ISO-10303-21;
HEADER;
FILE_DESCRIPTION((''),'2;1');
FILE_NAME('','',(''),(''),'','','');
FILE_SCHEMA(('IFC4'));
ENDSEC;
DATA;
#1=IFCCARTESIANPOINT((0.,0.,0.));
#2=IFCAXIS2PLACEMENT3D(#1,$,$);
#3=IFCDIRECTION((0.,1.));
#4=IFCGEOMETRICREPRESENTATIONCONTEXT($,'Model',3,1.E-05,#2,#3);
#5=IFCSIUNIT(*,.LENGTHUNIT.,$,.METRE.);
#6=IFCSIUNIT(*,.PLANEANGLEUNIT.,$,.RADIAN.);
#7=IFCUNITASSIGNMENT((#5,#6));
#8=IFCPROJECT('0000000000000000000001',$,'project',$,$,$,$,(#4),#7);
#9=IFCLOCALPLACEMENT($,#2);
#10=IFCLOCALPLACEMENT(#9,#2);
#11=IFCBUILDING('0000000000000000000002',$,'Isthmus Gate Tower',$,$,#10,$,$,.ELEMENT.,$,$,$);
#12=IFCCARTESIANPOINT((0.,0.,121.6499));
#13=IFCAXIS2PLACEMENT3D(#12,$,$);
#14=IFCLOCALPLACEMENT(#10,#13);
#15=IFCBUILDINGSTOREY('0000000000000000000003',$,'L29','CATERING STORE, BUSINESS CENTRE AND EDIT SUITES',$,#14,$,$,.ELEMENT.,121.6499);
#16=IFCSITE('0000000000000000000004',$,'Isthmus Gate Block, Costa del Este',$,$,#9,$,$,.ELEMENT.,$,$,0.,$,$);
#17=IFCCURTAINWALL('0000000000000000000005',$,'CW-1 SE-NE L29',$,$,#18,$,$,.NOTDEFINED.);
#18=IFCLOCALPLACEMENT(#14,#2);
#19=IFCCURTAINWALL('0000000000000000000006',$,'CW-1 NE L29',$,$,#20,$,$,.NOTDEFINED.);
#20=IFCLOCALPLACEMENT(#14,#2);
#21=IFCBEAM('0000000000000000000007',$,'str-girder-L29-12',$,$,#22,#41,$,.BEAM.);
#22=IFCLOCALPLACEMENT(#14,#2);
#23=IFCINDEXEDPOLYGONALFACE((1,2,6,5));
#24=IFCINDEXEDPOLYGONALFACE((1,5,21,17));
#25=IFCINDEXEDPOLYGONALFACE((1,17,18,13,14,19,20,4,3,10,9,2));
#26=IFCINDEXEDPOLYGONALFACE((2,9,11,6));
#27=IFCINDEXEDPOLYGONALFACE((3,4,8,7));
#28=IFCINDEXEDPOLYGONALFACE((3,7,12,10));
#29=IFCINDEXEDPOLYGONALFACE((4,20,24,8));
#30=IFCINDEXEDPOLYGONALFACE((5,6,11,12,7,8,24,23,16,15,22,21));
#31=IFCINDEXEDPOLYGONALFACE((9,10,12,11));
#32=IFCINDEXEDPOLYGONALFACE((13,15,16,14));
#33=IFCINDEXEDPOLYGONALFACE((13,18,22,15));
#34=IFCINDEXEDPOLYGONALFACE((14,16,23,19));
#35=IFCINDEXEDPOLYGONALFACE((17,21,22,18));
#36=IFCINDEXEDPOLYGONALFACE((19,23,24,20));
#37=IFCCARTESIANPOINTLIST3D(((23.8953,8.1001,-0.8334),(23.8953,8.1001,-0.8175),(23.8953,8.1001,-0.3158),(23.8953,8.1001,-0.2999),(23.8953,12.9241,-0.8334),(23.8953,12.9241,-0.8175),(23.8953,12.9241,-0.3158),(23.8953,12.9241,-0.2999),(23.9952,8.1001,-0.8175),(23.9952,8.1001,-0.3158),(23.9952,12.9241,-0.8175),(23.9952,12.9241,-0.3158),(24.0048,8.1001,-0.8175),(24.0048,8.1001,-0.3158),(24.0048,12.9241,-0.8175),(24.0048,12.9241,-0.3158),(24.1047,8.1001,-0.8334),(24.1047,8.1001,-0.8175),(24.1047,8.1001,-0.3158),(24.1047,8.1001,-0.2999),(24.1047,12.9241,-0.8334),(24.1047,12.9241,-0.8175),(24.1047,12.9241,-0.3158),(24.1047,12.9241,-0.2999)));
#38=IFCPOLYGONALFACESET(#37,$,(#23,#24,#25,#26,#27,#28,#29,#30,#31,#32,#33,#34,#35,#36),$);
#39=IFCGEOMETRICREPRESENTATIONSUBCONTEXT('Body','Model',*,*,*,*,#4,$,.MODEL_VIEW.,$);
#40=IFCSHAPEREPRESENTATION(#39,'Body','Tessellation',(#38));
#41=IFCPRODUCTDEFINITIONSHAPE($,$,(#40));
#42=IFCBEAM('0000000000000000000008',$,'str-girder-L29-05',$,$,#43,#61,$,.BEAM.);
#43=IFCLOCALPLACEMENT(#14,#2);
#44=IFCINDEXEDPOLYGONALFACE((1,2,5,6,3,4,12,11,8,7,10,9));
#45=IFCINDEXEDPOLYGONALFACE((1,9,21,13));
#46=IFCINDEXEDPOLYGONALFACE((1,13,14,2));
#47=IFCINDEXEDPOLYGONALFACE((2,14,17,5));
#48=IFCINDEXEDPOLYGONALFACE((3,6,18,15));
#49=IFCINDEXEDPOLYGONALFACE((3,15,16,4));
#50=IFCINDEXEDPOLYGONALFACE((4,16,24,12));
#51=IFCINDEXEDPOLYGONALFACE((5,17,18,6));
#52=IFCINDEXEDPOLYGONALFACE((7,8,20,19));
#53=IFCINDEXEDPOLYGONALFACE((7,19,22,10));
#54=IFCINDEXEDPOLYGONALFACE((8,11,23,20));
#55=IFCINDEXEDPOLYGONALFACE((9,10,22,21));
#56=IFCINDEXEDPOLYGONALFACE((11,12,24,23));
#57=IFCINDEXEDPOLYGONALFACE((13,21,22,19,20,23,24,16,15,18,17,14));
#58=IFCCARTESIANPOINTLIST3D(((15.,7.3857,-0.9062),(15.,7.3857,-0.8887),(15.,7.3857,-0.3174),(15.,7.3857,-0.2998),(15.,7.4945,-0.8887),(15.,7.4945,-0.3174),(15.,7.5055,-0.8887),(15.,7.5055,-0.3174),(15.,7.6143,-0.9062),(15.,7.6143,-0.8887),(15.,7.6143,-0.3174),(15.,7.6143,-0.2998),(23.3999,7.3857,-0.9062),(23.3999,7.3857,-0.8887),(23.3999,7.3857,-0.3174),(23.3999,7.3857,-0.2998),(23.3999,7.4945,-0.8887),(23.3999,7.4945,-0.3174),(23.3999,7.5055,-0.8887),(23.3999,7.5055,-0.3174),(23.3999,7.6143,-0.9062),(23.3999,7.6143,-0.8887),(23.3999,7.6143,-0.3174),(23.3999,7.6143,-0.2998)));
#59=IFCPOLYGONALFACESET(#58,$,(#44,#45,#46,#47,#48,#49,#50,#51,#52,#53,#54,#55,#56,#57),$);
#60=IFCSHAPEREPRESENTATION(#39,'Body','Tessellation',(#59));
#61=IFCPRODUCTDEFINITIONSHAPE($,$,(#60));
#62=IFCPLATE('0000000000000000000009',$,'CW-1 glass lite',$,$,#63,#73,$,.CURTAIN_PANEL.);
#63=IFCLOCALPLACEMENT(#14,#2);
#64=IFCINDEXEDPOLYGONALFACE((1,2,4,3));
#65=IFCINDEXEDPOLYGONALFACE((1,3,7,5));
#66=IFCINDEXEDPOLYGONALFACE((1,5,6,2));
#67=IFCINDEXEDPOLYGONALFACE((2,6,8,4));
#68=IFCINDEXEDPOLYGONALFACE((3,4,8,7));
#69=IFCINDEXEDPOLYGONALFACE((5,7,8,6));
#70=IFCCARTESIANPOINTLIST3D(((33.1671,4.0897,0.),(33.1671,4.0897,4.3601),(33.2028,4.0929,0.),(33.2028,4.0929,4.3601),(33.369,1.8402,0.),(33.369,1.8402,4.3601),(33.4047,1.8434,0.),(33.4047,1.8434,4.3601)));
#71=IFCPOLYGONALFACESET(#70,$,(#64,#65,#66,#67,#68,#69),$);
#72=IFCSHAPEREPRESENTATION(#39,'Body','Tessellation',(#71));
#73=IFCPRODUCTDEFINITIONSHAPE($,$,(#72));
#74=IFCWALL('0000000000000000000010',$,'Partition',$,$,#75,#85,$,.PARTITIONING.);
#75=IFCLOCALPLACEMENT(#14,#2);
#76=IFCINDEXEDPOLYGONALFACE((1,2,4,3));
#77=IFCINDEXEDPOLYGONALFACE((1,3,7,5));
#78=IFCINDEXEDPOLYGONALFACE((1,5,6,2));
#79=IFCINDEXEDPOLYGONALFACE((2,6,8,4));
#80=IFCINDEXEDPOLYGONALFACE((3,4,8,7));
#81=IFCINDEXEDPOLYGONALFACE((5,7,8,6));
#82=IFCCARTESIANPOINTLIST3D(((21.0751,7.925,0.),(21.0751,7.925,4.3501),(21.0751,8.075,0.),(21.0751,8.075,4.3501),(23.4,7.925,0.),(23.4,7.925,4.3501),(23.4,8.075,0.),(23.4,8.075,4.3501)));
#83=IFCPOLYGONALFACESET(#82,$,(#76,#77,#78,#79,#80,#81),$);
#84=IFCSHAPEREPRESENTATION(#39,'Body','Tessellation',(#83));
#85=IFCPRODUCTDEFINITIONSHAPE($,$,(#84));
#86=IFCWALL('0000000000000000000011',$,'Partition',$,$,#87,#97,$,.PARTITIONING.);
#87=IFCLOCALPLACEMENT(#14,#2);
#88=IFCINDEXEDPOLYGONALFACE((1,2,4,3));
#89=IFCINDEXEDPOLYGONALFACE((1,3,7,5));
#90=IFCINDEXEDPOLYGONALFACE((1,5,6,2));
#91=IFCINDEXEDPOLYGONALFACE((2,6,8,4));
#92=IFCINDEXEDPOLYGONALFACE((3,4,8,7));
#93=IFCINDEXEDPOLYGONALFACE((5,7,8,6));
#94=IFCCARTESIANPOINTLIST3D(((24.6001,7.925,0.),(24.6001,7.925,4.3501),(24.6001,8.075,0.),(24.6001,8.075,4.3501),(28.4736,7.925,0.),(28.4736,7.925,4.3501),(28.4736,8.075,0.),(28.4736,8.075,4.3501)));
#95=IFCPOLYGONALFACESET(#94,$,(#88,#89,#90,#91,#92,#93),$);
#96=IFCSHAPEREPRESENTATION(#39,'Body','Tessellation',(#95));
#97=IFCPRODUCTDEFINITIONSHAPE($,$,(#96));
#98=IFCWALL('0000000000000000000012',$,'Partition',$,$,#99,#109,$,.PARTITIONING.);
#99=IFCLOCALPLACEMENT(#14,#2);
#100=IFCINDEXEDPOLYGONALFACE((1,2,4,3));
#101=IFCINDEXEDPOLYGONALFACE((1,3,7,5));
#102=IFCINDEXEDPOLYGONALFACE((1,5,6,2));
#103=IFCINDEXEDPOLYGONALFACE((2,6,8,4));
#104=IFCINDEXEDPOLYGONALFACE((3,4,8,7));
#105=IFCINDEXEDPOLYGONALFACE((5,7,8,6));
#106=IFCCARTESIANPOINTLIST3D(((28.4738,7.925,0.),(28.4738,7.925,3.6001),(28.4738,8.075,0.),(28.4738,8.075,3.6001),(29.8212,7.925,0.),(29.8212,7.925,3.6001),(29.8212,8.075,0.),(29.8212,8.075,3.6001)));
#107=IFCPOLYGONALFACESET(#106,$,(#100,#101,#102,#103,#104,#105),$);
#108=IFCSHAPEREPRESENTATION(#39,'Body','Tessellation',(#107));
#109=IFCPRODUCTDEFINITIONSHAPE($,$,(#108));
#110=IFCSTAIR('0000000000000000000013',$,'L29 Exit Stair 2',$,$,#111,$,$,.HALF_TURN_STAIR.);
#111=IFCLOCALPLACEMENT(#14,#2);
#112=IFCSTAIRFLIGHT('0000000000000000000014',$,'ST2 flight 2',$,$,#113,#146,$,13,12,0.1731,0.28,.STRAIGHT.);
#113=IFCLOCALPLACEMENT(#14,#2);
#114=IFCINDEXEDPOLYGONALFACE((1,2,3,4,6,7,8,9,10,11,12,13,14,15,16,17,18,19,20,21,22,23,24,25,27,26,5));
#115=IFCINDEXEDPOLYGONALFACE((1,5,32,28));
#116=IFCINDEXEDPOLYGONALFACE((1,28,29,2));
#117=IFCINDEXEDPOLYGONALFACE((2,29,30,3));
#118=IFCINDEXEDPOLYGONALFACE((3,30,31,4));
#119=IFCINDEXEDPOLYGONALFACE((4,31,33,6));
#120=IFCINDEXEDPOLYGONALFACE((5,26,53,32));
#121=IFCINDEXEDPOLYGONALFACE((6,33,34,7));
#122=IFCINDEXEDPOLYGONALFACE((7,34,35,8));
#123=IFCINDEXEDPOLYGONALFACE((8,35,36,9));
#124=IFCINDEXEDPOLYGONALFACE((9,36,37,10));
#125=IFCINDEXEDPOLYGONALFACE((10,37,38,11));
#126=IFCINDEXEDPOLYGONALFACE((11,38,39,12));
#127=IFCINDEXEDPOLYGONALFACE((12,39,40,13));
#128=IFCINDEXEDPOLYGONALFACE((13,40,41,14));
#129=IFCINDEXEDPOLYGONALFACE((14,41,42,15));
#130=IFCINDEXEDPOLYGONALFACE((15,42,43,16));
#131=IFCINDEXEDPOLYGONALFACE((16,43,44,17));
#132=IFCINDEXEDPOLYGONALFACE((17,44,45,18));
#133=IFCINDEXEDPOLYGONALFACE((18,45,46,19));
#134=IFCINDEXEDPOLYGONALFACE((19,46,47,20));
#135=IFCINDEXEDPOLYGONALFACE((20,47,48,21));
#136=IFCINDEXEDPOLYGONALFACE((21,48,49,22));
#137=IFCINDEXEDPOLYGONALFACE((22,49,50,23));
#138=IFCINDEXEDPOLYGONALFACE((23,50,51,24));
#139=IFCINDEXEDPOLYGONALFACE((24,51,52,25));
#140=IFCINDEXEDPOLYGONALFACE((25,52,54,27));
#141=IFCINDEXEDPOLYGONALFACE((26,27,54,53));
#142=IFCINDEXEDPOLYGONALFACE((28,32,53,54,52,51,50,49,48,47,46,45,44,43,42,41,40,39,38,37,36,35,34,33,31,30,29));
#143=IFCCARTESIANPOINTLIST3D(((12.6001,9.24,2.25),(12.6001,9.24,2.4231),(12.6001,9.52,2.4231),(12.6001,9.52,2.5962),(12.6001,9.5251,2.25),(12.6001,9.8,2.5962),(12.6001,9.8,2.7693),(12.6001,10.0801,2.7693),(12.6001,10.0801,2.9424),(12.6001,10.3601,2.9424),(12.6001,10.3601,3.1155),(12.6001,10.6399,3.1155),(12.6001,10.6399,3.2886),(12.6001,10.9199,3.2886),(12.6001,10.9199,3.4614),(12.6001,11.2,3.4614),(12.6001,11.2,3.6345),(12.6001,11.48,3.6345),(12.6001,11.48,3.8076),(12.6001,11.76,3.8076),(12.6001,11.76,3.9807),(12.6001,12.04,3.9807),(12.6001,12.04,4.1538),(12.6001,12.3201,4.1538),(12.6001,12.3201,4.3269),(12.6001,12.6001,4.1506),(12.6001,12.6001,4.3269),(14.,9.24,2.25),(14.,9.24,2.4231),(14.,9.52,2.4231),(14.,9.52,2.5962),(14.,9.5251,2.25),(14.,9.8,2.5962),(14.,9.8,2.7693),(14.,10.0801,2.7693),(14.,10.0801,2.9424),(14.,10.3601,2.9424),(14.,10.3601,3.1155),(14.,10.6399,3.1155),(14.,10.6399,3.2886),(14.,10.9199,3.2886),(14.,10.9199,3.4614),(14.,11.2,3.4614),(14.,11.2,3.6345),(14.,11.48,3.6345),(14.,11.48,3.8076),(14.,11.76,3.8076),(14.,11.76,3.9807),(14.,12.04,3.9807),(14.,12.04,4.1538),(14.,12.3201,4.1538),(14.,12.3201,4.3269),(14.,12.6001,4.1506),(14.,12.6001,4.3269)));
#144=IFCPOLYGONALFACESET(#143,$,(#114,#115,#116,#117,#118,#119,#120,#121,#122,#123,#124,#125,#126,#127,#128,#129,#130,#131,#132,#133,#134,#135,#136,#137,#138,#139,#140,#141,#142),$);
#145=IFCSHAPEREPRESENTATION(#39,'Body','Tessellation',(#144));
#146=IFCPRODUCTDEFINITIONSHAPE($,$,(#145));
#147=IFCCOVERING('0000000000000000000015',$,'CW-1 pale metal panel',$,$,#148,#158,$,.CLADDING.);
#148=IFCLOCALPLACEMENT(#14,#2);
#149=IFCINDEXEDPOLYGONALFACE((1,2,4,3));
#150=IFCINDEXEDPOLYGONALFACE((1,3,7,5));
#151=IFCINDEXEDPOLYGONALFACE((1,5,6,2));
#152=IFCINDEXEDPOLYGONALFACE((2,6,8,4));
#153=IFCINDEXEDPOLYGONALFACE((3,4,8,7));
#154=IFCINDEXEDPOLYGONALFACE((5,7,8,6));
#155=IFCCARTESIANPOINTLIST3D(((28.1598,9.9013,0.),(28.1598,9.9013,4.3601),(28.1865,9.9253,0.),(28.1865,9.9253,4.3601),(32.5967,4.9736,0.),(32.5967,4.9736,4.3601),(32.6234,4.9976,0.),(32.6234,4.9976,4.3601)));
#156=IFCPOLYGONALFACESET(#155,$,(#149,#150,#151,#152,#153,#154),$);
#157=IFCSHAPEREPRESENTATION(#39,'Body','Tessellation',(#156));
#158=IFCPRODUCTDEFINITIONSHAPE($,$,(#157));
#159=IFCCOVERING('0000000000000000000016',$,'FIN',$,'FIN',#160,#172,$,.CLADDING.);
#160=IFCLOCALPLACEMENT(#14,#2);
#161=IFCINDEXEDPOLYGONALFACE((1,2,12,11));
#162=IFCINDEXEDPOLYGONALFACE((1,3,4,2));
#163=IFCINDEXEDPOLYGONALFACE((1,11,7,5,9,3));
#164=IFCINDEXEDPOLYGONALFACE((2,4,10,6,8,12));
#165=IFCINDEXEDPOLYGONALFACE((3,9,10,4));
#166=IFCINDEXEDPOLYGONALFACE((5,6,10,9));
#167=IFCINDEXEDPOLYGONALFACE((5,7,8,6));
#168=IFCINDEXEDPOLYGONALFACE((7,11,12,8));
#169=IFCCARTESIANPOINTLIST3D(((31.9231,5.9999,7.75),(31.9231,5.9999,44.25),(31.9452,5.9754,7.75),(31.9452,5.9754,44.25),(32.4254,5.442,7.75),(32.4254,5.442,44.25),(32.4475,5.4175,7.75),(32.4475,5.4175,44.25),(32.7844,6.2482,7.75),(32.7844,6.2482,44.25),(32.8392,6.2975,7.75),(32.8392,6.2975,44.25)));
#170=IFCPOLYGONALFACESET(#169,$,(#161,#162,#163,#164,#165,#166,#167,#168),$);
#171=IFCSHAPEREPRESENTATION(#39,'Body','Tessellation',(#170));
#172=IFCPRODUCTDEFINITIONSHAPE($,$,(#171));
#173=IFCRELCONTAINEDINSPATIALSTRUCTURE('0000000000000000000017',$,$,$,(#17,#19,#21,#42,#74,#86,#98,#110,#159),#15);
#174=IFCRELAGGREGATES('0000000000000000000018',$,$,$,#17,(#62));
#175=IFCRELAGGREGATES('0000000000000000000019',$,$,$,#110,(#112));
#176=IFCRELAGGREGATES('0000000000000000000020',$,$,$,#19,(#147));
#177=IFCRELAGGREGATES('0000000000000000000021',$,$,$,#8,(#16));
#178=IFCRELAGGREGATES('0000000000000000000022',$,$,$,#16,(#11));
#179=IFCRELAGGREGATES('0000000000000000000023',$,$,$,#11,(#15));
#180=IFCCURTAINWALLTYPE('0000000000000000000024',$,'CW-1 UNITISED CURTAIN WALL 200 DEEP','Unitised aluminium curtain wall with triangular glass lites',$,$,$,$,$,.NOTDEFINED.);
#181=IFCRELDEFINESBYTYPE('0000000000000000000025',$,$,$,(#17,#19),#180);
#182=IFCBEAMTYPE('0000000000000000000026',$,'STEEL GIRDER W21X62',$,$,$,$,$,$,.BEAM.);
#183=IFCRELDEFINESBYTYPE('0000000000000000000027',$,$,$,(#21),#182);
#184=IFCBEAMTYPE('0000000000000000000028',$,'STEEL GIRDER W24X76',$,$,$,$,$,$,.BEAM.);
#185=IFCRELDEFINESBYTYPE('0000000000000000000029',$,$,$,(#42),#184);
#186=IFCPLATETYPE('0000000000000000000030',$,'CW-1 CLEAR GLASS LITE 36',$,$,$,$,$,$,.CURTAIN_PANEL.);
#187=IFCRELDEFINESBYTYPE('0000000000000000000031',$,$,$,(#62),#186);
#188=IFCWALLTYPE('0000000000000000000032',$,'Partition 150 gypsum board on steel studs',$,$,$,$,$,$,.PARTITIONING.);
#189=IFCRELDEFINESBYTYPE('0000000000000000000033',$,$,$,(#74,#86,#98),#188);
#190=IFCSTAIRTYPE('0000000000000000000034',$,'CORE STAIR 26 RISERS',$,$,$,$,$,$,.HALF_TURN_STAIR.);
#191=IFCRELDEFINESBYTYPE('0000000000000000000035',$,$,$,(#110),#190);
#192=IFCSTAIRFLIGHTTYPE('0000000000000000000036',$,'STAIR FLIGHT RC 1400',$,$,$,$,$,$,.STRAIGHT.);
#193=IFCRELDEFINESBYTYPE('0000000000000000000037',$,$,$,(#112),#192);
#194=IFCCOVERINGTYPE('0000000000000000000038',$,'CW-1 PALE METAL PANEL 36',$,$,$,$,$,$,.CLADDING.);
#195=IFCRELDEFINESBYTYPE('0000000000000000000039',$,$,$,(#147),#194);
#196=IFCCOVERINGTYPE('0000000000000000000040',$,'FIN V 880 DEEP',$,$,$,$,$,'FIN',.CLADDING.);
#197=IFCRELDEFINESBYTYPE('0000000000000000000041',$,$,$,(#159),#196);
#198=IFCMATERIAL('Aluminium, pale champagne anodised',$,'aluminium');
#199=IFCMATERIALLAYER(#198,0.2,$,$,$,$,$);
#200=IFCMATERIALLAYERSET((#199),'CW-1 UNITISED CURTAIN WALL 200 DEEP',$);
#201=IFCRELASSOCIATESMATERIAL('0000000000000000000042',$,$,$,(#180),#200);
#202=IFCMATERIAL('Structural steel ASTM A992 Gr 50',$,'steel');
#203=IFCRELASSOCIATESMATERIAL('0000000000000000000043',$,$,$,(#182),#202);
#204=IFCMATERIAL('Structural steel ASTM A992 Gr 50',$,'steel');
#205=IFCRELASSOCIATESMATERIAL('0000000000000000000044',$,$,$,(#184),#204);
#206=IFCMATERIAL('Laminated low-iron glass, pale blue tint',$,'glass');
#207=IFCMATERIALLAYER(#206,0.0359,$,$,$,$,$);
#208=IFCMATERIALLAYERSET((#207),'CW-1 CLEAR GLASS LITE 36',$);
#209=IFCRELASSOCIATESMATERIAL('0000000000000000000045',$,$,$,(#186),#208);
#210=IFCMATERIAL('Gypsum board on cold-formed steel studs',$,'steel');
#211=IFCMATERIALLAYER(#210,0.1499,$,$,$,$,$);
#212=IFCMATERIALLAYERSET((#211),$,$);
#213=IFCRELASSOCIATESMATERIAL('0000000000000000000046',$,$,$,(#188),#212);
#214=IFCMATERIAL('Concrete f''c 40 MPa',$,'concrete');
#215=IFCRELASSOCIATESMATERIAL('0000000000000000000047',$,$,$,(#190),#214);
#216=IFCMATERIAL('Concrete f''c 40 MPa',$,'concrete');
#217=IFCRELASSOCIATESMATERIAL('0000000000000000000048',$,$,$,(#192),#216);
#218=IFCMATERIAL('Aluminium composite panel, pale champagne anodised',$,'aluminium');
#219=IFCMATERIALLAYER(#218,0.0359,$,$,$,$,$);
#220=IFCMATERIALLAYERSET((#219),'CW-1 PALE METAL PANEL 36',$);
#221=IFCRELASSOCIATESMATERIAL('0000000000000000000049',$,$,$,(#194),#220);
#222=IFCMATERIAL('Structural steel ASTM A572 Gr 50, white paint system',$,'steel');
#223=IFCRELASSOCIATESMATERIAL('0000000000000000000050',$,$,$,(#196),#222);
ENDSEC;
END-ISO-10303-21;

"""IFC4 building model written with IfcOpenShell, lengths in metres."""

from ifc_helpers import new_model, si_unit, direction, frame, frame_2d, origin, origin_2d, place, context, subcontext, project, spatial, polyline, rectangle, i_section, outline, extrude, material, layer, layer_set, material_profile, profile_set, type_object, element, aggregate, save


model = new_model("IFC4")

# Units and contexts
model_context = context("Model", 3, precision=1e-05, world=origin(), true_north=direction((0.0, 1.0)))
body_context = subcontext(model_context, "Body", "Model", "MODEL_VIEW")
ifc_project = project(units=[si_unit("LENGTHUNIT", "METRE"), si_unit("PLANEANGLEUNIT", "RADIAN")], contexts=[model_context])

# Site, building, storey
site_placement = place(None, origin())
site = spatial("IfcSite", under=ifc_project, at=site_placement, Name="Isthmus Gate Block, Costa del Este", CompositionType="ELEMENT", RefElevation=0.0)
building_placement = place(site_placement, origin())
building = spatial("IfcBuilding", under=site, at=building_placement, Name="Isthmus Gate Tower", CompositionType="ELEMENT")
storey_placement = place(building_placement, frame((0.0, 0.0, 121.6499)))
storey = spatial("IfcBuildingStorey", under=building, at=storey_placement, Name="L29", Description="CATERING STORE, BUSINESS CENTRE AND EDIT SUITES", CompositionType="ELEMENT", Elevation=121.6499)

# Curtain walls
ifc_material_1 = material(Name="Aluminium, pale champagne anodised", Category="aluminium")
ifc_layer_1 = layer(ifc_material_1, 0.2)
ifc_layer_set_1 = layer_set([ifc_layer_1], Name="CW-1 UNITISED CURTAIN WALL 200 DEEP")
curtain_wall_type = type_object("IfcCurtainWallType", Name="CW-1 UNITISED CURTAIN WALL 200 DEEP", Description="Unitised aluminium curtain wall with triangular glass lites", PredefinedType="NOTDEFINED", material=ifc_layer_set_1)
curtain_wall_1_placement = place(storey_placement, origin())
curtain_wall_1 = element("IfcCurtainWall", 1, at=curtain_wall_1_placement, inside=storey, type_object=curtain_wall_type, Name="CW-1 SE-NE L29", PredefinedType="NOTDEFINED")
curtain_wall_2_placement = place(storey_placement, origin())
curtain_wall_2 = element("IfcCurtainWall", 2, at=curtain_wall_2_placement, inside=storey, type_object=curtain_wall_type, Name="CW-1 NE L29", PredefinedType="NOTDEFINED")

# Beams
ifc_material_2 = material(Name="Structural steel ASTM A992 Gr 50", Category="steel")
ifc_material_profile_1 = material_profile(ifc_material_2, i_section(OverallWidth=0.2095, OverallDepth=0.5334, WebThickness=0.0095, FlangeThickness=0.0159, at=origin_2d()), Name="W21X62")
ifc_profile_set_1 = profile_set([ifc_material_profile_1], Name="Structural steel ASTM A992 Gr 50")
beam_type_1 = type_object("IfcBeamType", Name="STEEL GIRDER W21X62", PredefinedType="BEAM", material=ifc_profile_set_1)
beam_1_placement = place(storey_placement, frame((24.0, 8.1001, -0.5667), z_axis=(0.0, 1.0, 0.0), x_axis=(-1.0, 0.0, 0.0)))
element("IfcBeam", 3, at=beam_1_placement, inside=storey, type_object=beam_type_1, Name="str-girder-L29-12", PredefinedType="BEAM", context=body_context, shape_type="SweptSolid", body=[
    extrude(i_section(OverallWidth=0.2095, OverallDepth=0.5334, WebThickness=0.0095, FlangeThickness=0.0159, at=origin_2d()), origin(), (0.0, 0.0, 1.0), 4.824),
])
ifc_material_3 = material(Name="Structural steel ASTM A992 Gr 50", Category="steel")
ifc_material_profile_2 = material_profile(ifc_material_3, i_section(OverallWidth=0.2285, OverallDepth=0.6064, WebThickness=0.011, FlangeThickness=0.0176, at=origin_2d()), Name="W24X76")
ifc_profile_set_2 = profile_set([ifc_material_profile_2], Name="Structural steel ASTM A992 Gr 50")
beam_type_2 = type_object("IfcBeamType", Name="STEEL GIRDER W24X76", PredefinedType="BEAM", material=ifc_profile_set_2)
beam_2_placement = place(storey_placement, frame((15.0, 7.5, -0.603), z_axis=(1.0, 0.0, 0.0), x_axis=(0.0, 1.0, 0.0)))
element("IfcBeam", 4, at=beam_2_placement, inside=storey, type_object=beam_type_2, Name="str-girder-L29-05", PredefinedType="BEAM", context=body_context, shape_type="SweptSolid", body=[
    extrude(i_section(OverallWidth=0.2285, OverallDepth=0.6064, WebThickness=0.011, FlangeThickness=0.0176, at=origin_2d()), origin(), (0.0, 0.0, 1.0), 8.3999),
])

# Plate
ifc_material_4 = material(Name="Laminated low-iron glass, pale blue tint", Category="glass")
ifc_layer_2 = layer(ifc_material_4, 0.0359)
ifc_layer_set_2 = layer_set([ifc_layer_2], Name="CW-1 CLEAR GLASS LITE 36")
plate_type = type_object("IfcPlateType", Name="CW-1 CLEAR GLASS LITE 36", PredefinedType="CURTAIN_PANEL", material=ifc_layer_set_2)
plate_placement = place(storey_placement, frame((33.2859, 2.9666, 0.0), z_axis=(0.0, 0.0, 1.0), x_axis=(-0.089397, 0.995996, 0.0)))
plate = element("IfcPlate", 5, at=plate_placement, type_object=plate_type, Name="CW-1 glass lite", PredefinedType="CURTAIN_PANEL", context=body_context, shape_type="SweptSolid", body=[
    extrude(rectangle(XDim=2.2585, YDim=0.0359, at=origin_2d()), origin(), (0.0, 0.0, 1.0), 4.3601),
])
aggregate(curtain_wall_1, [plate])

# Walls
ifc_material_5 = material(Name="Gypsum board on cold-formed steel studs", Category="steel")
ifc_layer_3 = layer(ifc_material_5, 0.1499)
ifc_layer_set_3 = layer_set([ifc_layer_3])
wall_type = type_object("IfcWallType", Name="Partition 150 gypsum board on steel studs", PredefinedType="PARTITIONING", material=ifc_layer_set_3)
wall_1_placement = place(storey_placement, frame((21.075, 8.0, 0.0), z_axis=(0.0, 0.0, 1.0), x_axis=(1.0, 0.0, 0.0)))
element("IfcWall", 6, at=wall_1_placement, inside=storey, type_object=wall_type, Name="Partition", PredefinedType="PARTITIONING", context=body_context, shape_type="SweptSolid", body=[
    extrude(rectangle(XDim=2.325, YDim=0.1499, at=frame_2d((1.1626, 0.0))), origin(), (0.0, 0.0, 1.0), 4.3501),
])
wall_2_placement = place(storey_placement, frame((24.6001, 8.0, 0.0), z_axis=(0.0, 0.0, 1.0), x_axis=(1.0, 0.0, 0.0)))
element("IfcWall", 7, at=wall_2_placement, inside=storey, type_object=wall_type, Name="Partition", PredefinedType="PARTITIONING", context=body_context, shape_type="SweptSolid", body=[
    extrude(rectangle(XDim=3.8735, YDim=0.1499, at=frame_2d((1.9368, 0.0))), origin(), (0.0, 0.0, 1.0), 4.3501),
])
wall_3_placement = place(storey_placement, frame((28.4736, 8.0, 0.0), z_axis=(0.0, 0.0, 1.0), x_axis=(1.0, 0.0, 0.0)))
element("IfcWall", 8, at=wall_3_placement, inside=storey, type_object=wall_type, Name="Partition", PredefinedType="PARTITIONING", context=body_context, shape_type="SweptSolid", body=[
    extrude(rectangle(XDim=1.3474, YDim=0.1499, at=frame_2d((0.6738, 0.0))), origin(), (0.0, 0.0, 1.0), 3.6001),
])

# Stair, stair flight
ifc_material_6 = material(Name="Concrete f'c 40 MPa", Category="concrete")
stair_type = type_object("IfcStairType", Name="CORE STAIR 26 RISERS", PredefinedType="HALF_TURN_STAIR", material=ifc_material_6)
stair_placement = place(storey_placement, origin())
stair = element("IfcStair", 9, at=stair_placement, inside=storey, type_object=stair_type, Name="L29 Exit Stair 2", PredefinedType="HALF_TURN_STAIR")
ifc_material_7 = material(Name="Concrete f'c 40 MPa", Category="concrete")
stair_flight_type = type_object("IfcStairFlightType", Name="STAIR FLIGHT RC 1400", PredefinedType="STRAIGHT", material=ifc_material_7)
stair_flight_placement = place(storey_placement, frame((13.3, 9.24, 2.25), z_axis=(0.0, 0.0, 1.0), x_axis=(0.0, 1.0, 0.0)))
stair_flight = element("IfcStairFlight", 10, at=stair_flight_placement, type_object=stair_flight_type, Name="ST2 flight 2", NumberOfRisers=13, NumberOfTreads=12, PredefinedType="STRAIGHT", RiserHeight=0.1731, TreadLength=0.28, context=body_context, shape_type="SweptSolid", body=[
    extrude(outline(polyline([(0.0, 0.0), (0.0, 0.1731), (0.28, 0.1731), (0.28, 0.3462), (0.5601, 0.3462), (0.5601, 0.5193), (0.8401, 0.5193), (0.8401, 0.6924), (1.1201, 0.6924), (1.1201, 0.8655), (1.3999, 0.8655), (1.3999, 1.0386), (1.6799, 1.0386), (1.6799, 1.2114), (1.96, 1.2114), (1.96, 1.3845), (2.24, 1.3845), (2.24, 1.5576), (2.52, 1.5576), (2.52, 1.7307), (2.8, 1.7307), (2.8, 1.9038), (3.0801, 1.9038), (3.0801, 2.0769), (3.3601, 2.0769), (3.3601, 2.25), (3.3601, 1.9006), (0.2852, 0.0), (0.0, 0.0)])), frame((0.0, 0.7, 0.0), z_axis=(0.0, -1.0, 0.0), x_axis=(1.0, 0.0, 0.0)), (0.0, 0.0, 1.0), 1.3999),
])
aggregate(stair, [stair_flight])

# Covering
ifc_material_8 = material(Name="Aluminium composite panel, pale champagne anodised", Category="aluminium")
ifc_layer_4 = layer(ifc_material_8, 0.0359)
ifc_layer_set_4 = layer_set([ifc_layer_4], Name="CW-1 PALE METAL PANEL 36")
covering_type_1 = type_object("IfcCoveringType", Name="CW-1 PALE METAL PANEL 36", PredefinedType="CLADDING", material=ifc_layer_set_4)
covering_placement = place(storey_placement, frame((30.3916, 7.4495, 0.0), z_axis=(0.0, 0.0, 1.0), x_axis=(-0.669131, 0.743145, 0.0)))
covering = element("IfcCovering", 11, at=covering_placement, type_object=covering_type_1, Name="CW-1 pale metal panel", PredefinedType="CLADDING", context=body_context, shape_type="SweptSolid", body=[
    extrude(rectangle(XDim=6.6309, YDim=0.0359, at=origin_2d()), origin(), (0.0, 0.0, 1.0), 4.3601),
])
aggregate(curtain_wall_2, [covering])

# Covering
ifc_material_9 = material(Name="Structural steel ASTM A572 Gr 50, white paint system", Category="steel")
ifc_material_profile_3 = material_profile(ifc_material_9, outline(polyline([(0.0, -0.3918), (0.8799, 0.0), (0.0, 0.3918), (0.0, 0.3589), (0.8062, 0.0), (0.0, -0.3589), (0.0, -0.3918)])), Name="V880")
ifc_profile_set_3 = profile_set([ifc_material_profile_3], Name="Structural steel ASTM A572 Gr 50, white paint system")
covering_type_2 = type_object("IfcCoveringType", Name="FIN V 880 DEEP", ElementType="FIN", PredefinedType="CLADDING", material=ifc_profile_set_3)
for number, where, z_axis, x_axis, name in (
    (12, (32.1853, 5.7087, 7.75), (0.0, 0.0, 1.0), (0.743145, 0.669131, 0.0), "FIN"),
):
    element("IfcCovering", number, at=place(storey_placement, frame(where, z_axis=z_axis, x_axis=x_axis)), inside=storey, type_object=covering_type_2, Name=name, ObjectType="FIN", PredefinedType="CLADDING", context=body_context, shape_type="SweptSolid", body=[
        extrude(outline(polyline([(0.0, -0.3918), (0.8799, 0.0), (0.0, 0.3918), (0.0, 0.3589), (0.8062, 0.0), (0.0, -0.3589), (0.0, -0.3918)])), origin(), (0.0, 0.0, 1.0), 36.5),
    ])

save(model, "model.ifc")
